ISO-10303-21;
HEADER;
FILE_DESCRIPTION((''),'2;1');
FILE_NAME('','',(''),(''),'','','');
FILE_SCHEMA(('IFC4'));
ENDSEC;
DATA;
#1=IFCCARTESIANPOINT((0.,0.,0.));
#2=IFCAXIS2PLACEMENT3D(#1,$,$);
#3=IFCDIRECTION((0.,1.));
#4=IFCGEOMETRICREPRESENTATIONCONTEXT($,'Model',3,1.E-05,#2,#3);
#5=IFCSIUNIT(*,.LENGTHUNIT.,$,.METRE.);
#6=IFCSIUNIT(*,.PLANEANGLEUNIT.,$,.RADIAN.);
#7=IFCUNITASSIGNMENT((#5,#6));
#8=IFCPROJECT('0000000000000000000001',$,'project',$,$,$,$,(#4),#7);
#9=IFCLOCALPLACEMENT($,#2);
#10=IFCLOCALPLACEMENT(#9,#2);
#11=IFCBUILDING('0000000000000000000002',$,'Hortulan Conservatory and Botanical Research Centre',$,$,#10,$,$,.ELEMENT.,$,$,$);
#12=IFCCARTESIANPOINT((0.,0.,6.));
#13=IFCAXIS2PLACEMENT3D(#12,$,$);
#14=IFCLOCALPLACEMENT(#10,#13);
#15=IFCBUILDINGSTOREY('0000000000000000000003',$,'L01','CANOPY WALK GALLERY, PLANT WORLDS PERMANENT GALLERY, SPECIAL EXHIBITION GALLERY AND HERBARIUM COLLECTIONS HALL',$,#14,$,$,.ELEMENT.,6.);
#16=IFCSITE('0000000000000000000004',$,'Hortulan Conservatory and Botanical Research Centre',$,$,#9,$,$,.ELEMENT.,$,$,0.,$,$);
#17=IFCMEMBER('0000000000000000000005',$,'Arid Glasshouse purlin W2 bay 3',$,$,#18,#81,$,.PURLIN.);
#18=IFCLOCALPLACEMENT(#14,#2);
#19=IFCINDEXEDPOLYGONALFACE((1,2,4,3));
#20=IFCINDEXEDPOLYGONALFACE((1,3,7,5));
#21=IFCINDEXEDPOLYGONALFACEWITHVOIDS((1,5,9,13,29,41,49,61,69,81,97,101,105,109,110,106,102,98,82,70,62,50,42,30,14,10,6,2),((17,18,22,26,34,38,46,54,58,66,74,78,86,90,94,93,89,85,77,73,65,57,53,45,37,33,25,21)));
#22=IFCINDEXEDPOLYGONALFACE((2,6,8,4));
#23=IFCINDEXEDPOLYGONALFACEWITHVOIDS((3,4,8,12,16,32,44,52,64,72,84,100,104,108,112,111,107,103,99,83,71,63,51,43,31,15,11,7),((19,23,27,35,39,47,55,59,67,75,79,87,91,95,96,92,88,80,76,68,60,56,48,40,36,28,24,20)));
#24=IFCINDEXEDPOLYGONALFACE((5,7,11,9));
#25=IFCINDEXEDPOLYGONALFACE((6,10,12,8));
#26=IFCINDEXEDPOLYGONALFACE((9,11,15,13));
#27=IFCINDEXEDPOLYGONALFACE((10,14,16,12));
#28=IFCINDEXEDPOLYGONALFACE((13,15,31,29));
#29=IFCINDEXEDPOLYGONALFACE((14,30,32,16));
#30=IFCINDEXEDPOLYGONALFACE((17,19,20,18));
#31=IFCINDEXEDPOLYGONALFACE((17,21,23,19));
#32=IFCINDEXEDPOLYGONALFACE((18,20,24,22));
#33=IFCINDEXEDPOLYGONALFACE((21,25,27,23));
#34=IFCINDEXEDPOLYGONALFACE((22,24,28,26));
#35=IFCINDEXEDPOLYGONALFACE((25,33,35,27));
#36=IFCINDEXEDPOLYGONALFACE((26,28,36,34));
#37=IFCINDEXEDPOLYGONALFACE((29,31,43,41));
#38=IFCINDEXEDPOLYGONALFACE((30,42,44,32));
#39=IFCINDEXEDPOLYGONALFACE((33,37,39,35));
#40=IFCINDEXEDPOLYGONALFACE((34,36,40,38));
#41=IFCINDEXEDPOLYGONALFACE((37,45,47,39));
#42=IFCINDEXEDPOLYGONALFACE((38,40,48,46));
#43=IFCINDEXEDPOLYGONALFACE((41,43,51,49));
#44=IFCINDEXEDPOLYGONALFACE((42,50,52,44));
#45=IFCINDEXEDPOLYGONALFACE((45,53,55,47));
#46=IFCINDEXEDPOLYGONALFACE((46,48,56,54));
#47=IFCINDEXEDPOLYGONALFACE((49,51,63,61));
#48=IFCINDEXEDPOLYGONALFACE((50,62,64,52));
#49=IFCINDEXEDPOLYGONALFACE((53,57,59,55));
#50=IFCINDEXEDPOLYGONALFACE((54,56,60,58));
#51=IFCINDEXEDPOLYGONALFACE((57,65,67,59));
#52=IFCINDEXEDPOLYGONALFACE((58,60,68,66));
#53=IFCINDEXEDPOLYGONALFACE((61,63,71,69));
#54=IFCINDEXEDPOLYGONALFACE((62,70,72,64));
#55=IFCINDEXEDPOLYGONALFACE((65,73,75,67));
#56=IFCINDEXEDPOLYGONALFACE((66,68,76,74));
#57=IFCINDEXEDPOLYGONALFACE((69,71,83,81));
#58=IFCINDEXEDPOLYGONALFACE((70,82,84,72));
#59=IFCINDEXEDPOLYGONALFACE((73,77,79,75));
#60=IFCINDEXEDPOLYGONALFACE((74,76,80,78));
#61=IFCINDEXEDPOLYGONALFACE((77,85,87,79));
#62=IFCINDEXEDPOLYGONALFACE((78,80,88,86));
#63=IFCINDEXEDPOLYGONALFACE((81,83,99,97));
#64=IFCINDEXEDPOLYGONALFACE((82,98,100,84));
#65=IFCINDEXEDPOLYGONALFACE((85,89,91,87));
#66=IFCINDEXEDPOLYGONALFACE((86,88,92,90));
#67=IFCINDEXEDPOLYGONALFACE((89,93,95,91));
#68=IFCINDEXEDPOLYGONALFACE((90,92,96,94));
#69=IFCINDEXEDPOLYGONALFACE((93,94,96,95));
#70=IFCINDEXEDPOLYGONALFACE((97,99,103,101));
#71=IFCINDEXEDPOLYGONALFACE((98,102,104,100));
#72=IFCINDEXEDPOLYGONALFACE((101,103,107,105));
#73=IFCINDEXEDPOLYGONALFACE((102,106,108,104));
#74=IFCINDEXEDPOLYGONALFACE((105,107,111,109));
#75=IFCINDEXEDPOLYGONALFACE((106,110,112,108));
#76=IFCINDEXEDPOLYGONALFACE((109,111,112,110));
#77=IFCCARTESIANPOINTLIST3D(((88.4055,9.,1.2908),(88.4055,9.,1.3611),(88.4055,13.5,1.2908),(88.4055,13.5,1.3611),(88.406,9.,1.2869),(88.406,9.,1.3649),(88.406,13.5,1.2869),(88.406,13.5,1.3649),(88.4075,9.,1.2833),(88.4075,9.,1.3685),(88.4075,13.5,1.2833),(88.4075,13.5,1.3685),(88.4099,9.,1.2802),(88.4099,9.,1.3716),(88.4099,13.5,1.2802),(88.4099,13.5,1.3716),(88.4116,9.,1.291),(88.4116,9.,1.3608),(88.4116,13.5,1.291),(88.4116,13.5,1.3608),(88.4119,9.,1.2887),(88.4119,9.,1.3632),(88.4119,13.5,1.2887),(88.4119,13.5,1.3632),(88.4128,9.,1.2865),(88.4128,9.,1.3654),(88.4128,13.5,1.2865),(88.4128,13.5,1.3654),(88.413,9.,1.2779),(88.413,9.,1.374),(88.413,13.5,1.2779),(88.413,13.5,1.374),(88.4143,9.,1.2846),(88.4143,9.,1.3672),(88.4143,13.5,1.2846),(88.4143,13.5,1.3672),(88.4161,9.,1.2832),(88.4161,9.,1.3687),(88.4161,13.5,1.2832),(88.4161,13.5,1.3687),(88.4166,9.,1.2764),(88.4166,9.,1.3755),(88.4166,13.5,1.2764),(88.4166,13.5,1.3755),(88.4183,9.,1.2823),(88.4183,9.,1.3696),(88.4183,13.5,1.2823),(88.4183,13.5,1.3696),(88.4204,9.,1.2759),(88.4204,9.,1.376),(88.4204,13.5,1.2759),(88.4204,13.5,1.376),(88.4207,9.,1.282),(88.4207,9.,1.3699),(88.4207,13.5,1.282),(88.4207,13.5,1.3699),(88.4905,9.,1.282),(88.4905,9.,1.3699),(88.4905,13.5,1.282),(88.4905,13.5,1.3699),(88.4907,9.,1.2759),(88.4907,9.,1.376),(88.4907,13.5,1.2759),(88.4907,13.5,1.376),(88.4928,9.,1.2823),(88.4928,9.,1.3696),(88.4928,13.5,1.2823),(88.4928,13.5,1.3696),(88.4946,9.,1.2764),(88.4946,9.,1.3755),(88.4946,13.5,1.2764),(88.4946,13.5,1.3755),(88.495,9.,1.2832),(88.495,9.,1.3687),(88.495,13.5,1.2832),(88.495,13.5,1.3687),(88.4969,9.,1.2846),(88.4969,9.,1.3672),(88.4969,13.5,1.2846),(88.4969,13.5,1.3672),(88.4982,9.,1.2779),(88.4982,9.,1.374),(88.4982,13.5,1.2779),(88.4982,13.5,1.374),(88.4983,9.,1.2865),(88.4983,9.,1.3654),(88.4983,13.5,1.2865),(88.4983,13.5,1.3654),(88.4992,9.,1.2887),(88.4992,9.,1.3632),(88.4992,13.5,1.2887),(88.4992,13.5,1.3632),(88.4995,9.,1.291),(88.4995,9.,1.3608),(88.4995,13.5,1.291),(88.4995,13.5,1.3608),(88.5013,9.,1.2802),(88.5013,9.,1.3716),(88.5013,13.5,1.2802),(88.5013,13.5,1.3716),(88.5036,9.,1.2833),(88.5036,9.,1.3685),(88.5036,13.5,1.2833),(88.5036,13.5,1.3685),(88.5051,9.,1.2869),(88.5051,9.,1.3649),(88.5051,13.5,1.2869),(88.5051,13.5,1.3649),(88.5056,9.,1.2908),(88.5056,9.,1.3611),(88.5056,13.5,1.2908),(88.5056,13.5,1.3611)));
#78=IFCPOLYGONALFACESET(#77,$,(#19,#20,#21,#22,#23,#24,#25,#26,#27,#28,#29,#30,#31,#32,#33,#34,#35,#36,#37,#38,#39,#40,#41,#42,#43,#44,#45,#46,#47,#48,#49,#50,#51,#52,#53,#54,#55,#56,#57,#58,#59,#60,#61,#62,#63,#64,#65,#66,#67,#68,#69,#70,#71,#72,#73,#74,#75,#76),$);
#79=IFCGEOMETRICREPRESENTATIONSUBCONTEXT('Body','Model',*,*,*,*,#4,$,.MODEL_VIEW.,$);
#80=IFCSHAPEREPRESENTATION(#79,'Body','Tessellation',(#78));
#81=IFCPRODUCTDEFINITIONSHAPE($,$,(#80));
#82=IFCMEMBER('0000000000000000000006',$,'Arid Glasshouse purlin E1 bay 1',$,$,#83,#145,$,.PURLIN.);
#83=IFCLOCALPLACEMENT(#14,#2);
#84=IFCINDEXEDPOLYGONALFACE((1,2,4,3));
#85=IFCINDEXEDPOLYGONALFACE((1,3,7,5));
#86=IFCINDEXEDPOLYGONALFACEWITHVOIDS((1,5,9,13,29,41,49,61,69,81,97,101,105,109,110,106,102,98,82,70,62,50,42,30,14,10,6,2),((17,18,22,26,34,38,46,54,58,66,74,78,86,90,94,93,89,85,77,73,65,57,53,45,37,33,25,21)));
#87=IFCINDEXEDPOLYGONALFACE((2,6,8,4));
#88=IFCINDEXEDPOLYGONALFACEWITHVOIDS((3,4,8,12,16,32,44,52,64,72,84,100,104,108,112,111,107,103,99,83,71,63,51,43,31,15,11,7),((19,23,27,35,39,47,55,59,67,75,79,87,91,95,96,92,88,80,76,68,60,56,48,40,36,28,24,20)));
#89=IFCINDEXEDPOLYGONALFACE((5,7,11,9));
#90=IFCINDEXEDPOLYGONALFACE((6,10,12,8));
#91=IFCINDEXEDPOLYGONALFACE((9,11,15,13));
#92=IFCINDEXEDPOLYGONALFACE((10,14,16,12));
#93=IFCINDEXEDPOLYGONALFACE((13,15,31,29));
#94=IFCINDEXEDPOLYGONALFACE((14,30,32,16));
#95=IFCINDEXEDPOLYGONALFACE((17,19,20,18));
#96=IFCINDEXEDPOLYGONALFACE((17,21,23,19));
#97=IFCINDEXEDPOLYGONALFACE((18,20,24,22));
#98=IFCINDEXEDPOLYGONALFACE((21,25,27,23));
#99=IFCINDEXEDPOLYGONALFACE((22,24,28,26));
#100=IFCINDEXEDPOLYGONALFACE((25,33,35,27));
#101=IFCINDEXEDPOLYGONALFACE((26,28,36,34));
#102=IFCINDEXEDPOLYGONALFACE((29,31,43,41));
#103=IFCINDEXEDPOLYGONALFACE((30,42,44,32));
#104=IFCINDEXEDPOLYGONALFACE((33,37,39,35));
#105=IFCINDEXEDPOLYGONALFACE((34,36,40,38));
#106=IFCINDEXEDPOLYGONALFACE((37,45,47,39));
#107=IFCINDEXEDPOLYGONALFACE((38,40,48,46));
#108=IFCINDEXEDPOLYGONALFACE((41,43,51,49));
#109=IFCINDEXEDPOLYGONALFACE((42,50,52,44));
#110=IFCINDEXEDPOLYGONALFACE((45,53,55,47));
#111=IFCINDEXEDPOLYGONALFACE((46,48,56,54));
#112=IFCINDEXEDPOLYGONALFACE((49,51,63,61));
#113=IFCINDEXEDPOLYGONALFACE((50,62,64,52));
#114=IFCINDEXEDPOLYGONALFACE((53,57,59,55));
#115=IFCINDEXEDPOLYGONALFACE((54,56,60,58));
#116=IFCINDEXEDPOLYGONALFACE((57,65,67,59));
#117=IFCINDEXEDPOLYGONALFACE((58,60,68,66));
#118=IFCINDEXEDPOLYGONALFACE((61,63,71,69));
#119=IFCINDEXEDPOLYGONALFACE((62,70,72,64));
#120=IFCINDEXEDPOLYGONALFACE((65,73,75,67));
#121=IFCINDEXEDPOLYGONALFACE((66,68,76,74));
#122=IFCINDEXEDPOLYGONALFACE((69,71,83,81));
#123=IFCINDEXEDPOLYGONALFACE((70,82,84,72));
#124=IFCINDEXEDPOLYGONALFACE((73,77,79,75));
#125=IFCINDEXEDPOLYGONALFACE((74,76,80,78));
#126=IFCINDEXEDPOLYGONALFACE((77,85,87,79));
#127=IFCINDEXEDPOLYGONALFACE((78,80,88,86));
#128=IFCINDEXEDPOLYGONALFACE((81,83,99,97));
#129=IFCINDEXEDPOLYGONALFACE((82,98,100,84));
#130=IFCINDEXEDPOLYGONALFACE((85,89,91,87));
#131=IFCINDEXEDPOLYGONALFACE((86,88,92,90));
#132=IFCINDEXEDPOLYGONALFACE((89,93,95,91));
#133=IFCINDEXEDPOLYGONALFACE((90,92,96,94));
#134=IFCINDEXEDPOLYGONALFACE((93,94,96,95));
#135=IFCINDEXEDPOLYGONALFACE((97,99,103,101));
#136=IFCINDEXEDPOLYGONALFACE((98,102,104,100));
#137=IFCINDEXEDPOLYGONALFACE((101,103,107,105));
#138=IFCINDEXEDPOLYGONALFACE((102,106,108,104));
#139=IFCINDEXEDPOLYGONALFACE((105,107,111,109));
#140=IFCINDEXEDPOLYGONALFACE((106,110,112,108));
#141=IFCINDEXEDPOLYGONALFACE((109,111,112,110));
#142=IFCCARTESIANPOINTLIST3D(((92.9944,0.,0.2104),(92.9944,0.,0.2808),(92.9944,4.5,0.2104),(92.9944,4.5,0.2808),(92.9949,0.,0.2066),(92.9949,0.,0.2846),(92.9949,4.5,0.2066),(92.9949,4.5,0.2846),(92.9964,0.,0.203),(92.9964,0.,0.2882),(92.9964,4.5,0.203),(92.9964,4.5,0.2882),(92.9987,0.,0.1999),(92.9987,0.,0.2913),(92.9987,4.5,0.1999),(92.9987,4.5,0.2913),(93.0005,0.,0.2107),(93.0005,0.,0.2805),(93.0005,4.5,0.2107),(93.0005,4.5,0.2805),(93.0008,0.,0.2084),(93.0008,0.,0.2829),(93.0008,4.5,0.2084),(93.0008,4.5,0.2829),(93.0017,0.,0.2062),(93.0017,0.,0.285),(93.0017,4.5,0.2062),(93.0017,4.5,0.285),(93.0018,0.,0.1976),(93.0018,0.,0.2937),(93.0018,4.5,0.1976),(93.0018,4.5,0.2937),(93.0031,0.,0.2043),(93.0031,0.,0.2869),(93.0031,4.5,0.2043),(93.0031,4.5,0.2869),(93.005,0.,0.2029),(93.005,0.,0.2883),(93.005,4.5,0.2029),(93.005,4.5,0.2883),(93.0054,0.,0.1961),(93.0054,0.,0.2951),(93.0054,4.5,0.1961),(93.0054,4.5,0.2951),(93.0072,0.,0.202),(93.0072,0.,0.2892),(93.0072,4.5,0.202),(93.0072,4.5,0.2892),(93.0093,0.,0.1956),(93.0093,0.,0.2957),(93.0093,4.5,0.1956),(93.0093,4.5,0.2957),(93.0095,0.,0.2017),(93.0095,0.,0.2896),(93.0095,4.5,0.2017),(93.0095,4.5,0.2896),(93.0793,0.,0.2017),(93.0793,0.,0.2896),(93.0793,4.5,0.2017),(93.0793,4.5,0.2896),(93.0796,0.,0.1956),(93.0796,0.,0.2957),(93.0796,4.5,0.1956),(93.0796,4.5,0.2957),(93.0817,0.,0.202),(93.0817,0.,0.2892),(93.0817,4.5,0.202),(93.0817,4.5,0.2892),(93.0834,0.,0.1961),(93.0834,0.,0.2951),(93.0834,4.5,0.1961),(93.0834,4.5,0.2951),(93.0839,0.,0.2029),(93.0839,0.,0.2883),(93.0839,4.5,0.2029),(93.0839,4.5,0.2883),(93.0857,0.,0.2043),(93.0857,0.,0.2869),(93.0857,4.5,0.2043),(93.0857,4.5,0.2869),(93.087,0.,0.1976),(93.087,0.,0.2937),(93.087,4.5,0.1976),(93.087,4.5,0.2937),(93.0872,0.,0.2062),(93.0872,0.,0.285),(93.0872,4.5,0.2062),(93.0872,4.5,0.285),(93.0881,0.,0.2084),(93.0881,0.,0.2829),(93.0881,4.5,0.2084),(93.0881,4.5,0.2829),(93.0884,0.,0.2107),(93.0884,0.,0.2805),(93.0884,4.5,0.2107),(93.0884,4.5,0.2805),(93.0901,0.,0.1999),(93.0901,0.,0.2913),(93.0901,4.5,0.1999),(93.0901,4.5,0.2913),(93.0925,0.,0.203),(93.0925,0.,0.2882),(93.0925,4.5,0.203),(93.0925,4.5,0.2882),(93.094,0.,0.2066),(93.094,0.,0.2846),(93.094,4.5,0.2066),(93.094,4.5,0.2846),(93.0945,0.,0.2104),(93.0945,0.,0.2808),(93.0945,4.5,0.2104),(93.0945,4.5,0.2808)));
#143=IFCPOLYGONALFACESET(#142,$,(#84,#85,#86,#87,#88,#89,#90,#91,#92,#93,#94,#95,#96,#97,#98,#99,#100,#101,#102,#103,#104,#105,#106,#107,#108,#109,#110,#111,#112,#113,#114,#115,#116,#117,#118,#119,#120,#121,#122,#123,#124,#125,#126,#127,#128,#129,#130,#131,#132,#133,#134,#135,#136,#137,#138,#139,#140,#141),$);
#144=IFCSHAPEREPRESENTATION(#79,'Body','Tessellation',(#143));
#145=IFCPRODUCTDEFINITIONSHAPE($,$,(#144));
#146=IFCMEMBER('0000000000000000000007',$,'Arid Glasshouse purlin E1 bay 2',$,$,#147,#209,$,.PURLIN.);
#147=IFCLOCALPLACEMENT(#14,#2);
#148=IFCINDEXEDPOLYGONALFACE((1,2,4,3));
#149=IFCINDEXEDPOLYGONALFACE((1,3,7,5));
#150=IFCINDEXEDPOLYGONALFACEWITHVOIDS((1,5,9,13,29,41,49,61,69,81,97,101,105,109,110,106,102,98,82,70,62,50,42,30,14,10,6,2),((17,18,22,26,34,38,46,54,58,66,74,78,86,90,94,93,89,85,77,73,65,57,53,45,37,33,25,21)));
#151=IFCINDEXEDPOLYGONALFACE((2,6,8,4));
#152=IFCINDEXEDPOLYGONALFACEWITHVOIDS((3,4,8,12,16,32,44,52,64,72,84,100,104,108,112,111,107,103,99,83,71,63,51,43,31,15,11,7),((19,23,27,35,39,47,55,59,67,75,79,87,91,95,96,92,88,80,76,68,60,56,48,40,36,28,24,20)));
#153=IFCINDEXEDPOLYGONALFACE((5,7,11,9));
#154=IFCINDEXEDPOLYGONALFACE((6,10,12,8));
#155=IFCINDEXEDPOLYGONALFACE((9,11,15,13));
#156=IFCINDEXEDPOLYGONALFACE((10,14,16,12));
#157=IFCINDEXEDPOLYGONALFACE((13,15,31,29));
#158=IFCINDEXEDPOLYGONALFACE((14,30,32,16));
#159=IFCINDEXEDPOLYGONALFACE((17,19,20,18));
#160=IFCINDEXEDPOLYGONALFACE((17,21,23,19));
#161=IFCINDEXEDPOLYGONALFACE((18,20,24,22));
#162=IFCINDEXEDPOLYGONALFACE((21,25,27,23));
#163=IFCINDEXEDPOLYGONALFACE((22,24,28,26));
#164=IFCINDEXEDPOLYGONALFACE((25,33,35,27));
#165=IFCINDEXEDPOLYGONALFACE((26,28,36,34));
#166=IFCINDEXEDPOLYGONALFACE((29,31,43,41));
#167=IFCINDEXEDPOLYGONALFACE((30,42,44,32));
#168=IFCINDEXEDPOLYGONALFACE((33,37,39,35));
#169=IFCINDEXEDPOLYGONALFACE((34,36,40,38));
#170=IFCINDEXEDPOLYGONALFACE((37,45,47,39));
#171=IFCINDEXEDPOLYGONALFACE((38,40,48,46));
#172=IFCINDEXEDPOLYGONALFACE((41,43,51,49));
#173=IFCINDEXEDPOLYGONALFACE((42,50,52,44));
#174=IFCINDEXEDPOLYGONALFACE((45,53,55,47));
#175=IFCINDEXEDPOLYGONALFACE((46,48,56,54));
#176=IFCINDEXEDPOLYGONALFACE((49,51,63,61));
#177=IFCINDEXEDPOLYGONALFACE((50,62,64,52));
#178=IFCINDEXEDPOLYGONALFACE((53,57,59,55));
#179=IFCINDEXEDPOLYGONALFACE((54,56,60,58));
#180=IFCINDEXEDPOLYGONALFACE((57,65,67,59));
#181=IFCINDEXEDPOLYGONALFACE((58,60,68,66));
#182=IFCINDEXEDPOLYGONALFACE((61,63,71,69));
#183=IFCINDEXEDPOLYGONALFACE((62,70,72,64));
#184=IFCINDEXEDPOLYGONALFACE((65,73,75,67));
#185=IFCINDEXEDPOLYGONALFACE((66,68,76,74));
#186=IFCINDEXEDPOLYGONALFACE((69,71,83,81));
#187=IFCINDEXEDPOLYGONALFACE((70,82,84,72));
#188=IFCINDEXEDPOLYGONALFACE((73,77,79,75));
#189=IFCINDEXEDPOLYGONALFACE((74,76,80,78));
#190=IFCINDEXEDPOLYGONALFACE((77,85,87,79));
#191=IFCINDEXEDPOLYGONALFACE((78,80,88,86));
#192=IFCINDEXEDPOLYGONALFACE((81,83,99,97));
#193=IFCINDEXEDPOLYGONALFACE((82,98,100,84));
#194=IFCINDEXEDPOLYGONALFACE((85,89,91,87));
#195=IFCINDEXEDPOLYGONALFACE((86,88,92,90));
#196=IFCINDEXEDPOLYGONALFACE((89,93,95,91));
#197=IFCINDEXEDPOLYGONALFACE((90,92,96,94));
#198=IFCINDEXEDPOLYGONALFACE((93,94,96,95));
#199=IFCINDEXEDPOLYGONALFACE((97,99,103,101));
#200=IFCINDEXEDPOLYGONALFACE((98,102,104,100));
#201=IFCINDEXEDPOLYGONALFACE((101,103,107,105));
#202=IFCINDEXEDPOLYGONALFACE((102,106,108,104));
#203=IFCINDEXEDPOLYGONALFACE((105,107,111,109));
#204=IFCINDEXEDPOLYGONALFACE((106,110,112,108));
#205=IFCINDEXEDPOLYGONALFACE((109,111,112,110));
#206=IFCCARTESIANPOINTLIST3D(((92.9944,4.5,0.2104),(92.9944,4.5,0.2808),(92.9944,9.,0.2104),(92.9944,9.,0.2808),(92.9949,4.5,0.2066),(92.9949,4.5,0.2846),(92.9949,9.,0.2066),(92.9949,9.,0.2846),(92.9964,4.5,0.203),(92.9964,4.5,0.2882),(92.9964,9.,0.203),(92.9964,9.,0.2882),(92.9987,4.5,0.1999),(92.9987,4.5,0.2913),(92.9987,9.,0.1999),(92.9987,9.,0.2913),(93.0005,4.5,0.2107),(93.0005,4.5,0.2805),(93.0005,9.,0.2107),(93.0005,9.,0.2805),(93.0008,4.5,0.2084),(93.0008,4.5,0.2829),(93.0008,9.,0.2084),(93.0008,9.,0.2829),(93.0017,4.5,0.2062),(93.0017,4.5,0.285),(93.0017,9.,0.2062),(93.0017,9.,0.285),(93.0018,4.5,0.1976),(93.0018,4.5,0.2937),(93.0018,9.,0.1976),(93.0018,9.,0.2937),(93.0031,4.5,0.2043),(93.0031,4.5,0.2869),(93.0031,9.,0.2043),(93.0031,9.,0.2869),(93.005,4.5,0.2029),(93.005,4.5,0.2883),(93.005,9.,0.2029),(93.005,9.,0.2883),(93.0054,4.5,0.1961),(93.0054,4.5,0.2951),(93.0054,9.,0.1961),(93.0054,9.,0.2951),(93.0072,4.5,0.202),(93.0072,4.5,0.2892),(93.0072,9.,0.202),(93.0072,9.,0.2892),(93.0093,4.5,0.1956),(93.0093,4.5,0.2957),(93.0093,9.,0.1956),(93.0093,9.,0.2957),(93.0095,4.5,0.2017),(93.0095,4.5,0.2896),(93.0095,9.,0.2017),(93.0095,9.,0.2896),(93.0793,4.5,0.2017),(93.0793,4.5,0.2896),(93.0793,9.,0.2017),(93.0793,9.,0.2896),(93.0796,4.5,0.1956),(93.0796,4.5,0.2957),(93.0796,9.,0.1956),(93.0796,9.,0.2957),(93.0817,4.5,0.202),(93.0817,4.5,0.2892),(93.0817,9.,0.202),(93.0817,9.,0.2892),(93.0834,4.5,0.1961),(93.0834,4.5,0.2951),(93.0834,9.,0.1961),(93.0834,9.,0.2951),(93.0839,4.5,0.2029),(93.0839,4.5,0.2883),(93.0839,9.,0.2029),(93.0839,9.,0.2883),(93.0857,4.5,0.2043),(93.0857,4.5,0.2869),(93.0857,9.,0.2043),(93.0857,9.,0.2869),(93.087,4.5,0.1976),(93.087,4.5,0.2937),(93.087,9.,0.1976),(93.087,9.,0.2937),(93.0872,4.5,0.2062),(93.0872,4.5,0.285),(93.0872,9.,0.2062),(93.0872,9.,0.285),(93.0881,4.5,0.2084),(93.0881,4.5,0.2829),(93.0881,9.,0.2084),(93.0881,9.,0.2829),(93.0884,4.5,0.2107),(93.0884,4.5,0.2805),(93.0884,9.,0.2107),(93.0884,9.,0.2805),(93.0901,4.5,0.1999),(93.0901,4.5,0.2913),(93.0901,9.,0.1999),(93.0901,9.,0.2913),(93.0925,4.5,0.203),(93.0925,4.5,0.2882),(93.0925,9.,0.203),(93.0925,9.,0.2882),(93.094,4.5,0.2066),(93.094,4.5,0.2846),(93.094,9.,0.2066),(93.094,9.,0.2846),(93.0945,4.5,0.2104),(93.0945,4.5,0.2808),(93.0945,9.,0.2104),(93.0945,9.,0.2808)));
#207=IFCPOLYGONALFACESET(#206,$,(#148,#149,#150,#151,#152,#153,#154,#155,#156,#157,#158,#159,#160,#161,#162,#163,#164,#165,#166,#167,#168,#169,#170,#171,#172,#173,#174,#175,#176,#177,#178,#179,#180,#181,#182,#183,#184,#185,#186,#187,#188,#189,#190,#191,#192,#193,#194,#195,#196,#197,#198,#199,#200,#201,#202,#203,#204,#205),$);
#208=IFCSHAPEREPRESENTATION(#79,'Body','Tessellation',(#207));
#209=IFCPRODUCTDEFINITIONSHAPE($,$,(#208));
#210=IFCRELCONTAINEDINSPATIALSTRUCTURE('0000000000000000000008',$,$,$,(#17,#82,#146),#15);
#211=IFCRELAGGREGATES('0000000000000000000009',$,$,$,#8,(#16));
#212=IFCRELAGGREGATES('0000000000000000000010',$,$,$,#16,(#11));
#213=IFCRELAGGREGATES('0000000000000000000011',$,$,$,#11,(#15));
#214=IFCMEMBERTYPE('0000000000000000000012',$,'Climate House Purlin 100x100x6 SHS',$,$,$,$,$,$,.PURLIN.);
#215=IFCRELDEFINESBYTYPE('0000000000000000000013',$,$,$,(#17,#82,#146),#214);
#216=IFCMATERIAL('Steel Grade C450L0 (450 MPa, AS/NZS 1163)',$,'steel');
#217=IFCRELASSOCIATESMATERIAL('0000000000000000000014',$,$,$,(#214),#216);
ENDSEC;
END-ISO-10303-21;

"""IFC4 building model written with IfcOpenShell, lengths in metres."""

from ifc_helpers import new_model, si_unit, direction, frame, origin, origin_2d, place, context, subcontext, project, spatial, hollow_rectangle, extrude, material, material_profile, profile_set, type_object, element, save


model = new_model("IFC4")

# Units and contexts
model_context = context("Model", 3, precision=1e-05, world=origin(), true_north=direction((0.0, 1.0)))
body_context = subcontext(model_context, "Body", "Model", "MODEL_VIEW")
ifc_project = project(units=[si_unit("LENGTHUNIT", "METRE"), si_unit("PLANEANGLEUNIT", "RADIAN")], contexts=[model_context])

# Site, building, storey
site_placement = place(None, origin())
site = spatial("IfcSite", under=ifc_project, at=site_placement, Name="Hortulan Conservatory and Botanical Research Centre", CompositionType="ELEMENT", RefElevation=0.0)
building_placement = place(site_placement, origin())
building = spatial("IfcBuilding", under=site, at=building_placement, Name="Hortulan Conservatory and Botanical Research Centre", CompositionType="ELEMENT")
storey_placement = place(building_placement, frame((0.0, 0.0, 6.0)))
storey = spatial("IfcBuildingStorey", under=building, at=storey_placement, Name="L01", Description="CANOPY WALK GALLERY, PLANT WORLDS PERMANENT GALLERY, SPECIAL EXHIBITION GALLERY AND HERBARIUM COLLECTIONS HALL", CompositionType="ELEMENT", Elevation=6.0)

# Members
ifc_material_1 = material(Name="Steel Grade C450L0 (450 MPa, AS/NZS 1163)", Category="steel")
ifc_material_profile_1 = material_profile(ifc_material_1, hollow_rectangle(XDim=0.1001, YDim=0.1001, WallThickness=0.0061, InnerFilletRadius=0.009, OuterFilletRadius=0.0149, at=origin_2d()), Name="100x100x6SHS")
ifc_profile_set_1 = profile_set([ifc_material_profile_1], Name="Steel Grade C450L0 (450 MPa, AS/NZS 1163)")
member_type_1 = type_object("IfcMemberType", Name="Climate House Purlin 100x100x6 SHS", PredefinedType="PURLIN", material=ifc_profile_set_1)
for number, where, z_axis, x_axis, name in (
    (1, (88.4556, 9.0, 1.3259), (0.0, 1.0, 0.0), (-1.0, 0.0, 0.0), "Arid Glasshouse purlin W2 bay 3"),
    (2, (93.0444, 0.0, 0.2456), (0.0, 1.0, 0.0), (-1.0, 0.0, 0.0), "Arid Glasshouse purlin E1 bay 1"),
    (3, (93.0444, 4.5, 0.2456), (0.0, 1.0, 0.0), (-1.0, 0.0, 0.0), "Arid Glasshouse purlin E1 bay 2"),
):
    element("IfcMember", number, at=place(storey_placement, frame(where, z_axis=z_axis, x_axis=x_axis)), inside=storey, type_object=member_type_1, Name=name, PredefinedType="PURLIN", context=body_context, shape_type="SweptSolid", body=[
        extrude(hollow_rectangle(XDim=0.1001, YDim=0.1001, WallThickness=0.0061, InnerFilletRadius=0.009, OuterFilletRadius=0.0149, at=origin_2d()), origin(), (0.0, 0.0, 1.0), 4.5),
    ])

save(model, "model.ifc")
